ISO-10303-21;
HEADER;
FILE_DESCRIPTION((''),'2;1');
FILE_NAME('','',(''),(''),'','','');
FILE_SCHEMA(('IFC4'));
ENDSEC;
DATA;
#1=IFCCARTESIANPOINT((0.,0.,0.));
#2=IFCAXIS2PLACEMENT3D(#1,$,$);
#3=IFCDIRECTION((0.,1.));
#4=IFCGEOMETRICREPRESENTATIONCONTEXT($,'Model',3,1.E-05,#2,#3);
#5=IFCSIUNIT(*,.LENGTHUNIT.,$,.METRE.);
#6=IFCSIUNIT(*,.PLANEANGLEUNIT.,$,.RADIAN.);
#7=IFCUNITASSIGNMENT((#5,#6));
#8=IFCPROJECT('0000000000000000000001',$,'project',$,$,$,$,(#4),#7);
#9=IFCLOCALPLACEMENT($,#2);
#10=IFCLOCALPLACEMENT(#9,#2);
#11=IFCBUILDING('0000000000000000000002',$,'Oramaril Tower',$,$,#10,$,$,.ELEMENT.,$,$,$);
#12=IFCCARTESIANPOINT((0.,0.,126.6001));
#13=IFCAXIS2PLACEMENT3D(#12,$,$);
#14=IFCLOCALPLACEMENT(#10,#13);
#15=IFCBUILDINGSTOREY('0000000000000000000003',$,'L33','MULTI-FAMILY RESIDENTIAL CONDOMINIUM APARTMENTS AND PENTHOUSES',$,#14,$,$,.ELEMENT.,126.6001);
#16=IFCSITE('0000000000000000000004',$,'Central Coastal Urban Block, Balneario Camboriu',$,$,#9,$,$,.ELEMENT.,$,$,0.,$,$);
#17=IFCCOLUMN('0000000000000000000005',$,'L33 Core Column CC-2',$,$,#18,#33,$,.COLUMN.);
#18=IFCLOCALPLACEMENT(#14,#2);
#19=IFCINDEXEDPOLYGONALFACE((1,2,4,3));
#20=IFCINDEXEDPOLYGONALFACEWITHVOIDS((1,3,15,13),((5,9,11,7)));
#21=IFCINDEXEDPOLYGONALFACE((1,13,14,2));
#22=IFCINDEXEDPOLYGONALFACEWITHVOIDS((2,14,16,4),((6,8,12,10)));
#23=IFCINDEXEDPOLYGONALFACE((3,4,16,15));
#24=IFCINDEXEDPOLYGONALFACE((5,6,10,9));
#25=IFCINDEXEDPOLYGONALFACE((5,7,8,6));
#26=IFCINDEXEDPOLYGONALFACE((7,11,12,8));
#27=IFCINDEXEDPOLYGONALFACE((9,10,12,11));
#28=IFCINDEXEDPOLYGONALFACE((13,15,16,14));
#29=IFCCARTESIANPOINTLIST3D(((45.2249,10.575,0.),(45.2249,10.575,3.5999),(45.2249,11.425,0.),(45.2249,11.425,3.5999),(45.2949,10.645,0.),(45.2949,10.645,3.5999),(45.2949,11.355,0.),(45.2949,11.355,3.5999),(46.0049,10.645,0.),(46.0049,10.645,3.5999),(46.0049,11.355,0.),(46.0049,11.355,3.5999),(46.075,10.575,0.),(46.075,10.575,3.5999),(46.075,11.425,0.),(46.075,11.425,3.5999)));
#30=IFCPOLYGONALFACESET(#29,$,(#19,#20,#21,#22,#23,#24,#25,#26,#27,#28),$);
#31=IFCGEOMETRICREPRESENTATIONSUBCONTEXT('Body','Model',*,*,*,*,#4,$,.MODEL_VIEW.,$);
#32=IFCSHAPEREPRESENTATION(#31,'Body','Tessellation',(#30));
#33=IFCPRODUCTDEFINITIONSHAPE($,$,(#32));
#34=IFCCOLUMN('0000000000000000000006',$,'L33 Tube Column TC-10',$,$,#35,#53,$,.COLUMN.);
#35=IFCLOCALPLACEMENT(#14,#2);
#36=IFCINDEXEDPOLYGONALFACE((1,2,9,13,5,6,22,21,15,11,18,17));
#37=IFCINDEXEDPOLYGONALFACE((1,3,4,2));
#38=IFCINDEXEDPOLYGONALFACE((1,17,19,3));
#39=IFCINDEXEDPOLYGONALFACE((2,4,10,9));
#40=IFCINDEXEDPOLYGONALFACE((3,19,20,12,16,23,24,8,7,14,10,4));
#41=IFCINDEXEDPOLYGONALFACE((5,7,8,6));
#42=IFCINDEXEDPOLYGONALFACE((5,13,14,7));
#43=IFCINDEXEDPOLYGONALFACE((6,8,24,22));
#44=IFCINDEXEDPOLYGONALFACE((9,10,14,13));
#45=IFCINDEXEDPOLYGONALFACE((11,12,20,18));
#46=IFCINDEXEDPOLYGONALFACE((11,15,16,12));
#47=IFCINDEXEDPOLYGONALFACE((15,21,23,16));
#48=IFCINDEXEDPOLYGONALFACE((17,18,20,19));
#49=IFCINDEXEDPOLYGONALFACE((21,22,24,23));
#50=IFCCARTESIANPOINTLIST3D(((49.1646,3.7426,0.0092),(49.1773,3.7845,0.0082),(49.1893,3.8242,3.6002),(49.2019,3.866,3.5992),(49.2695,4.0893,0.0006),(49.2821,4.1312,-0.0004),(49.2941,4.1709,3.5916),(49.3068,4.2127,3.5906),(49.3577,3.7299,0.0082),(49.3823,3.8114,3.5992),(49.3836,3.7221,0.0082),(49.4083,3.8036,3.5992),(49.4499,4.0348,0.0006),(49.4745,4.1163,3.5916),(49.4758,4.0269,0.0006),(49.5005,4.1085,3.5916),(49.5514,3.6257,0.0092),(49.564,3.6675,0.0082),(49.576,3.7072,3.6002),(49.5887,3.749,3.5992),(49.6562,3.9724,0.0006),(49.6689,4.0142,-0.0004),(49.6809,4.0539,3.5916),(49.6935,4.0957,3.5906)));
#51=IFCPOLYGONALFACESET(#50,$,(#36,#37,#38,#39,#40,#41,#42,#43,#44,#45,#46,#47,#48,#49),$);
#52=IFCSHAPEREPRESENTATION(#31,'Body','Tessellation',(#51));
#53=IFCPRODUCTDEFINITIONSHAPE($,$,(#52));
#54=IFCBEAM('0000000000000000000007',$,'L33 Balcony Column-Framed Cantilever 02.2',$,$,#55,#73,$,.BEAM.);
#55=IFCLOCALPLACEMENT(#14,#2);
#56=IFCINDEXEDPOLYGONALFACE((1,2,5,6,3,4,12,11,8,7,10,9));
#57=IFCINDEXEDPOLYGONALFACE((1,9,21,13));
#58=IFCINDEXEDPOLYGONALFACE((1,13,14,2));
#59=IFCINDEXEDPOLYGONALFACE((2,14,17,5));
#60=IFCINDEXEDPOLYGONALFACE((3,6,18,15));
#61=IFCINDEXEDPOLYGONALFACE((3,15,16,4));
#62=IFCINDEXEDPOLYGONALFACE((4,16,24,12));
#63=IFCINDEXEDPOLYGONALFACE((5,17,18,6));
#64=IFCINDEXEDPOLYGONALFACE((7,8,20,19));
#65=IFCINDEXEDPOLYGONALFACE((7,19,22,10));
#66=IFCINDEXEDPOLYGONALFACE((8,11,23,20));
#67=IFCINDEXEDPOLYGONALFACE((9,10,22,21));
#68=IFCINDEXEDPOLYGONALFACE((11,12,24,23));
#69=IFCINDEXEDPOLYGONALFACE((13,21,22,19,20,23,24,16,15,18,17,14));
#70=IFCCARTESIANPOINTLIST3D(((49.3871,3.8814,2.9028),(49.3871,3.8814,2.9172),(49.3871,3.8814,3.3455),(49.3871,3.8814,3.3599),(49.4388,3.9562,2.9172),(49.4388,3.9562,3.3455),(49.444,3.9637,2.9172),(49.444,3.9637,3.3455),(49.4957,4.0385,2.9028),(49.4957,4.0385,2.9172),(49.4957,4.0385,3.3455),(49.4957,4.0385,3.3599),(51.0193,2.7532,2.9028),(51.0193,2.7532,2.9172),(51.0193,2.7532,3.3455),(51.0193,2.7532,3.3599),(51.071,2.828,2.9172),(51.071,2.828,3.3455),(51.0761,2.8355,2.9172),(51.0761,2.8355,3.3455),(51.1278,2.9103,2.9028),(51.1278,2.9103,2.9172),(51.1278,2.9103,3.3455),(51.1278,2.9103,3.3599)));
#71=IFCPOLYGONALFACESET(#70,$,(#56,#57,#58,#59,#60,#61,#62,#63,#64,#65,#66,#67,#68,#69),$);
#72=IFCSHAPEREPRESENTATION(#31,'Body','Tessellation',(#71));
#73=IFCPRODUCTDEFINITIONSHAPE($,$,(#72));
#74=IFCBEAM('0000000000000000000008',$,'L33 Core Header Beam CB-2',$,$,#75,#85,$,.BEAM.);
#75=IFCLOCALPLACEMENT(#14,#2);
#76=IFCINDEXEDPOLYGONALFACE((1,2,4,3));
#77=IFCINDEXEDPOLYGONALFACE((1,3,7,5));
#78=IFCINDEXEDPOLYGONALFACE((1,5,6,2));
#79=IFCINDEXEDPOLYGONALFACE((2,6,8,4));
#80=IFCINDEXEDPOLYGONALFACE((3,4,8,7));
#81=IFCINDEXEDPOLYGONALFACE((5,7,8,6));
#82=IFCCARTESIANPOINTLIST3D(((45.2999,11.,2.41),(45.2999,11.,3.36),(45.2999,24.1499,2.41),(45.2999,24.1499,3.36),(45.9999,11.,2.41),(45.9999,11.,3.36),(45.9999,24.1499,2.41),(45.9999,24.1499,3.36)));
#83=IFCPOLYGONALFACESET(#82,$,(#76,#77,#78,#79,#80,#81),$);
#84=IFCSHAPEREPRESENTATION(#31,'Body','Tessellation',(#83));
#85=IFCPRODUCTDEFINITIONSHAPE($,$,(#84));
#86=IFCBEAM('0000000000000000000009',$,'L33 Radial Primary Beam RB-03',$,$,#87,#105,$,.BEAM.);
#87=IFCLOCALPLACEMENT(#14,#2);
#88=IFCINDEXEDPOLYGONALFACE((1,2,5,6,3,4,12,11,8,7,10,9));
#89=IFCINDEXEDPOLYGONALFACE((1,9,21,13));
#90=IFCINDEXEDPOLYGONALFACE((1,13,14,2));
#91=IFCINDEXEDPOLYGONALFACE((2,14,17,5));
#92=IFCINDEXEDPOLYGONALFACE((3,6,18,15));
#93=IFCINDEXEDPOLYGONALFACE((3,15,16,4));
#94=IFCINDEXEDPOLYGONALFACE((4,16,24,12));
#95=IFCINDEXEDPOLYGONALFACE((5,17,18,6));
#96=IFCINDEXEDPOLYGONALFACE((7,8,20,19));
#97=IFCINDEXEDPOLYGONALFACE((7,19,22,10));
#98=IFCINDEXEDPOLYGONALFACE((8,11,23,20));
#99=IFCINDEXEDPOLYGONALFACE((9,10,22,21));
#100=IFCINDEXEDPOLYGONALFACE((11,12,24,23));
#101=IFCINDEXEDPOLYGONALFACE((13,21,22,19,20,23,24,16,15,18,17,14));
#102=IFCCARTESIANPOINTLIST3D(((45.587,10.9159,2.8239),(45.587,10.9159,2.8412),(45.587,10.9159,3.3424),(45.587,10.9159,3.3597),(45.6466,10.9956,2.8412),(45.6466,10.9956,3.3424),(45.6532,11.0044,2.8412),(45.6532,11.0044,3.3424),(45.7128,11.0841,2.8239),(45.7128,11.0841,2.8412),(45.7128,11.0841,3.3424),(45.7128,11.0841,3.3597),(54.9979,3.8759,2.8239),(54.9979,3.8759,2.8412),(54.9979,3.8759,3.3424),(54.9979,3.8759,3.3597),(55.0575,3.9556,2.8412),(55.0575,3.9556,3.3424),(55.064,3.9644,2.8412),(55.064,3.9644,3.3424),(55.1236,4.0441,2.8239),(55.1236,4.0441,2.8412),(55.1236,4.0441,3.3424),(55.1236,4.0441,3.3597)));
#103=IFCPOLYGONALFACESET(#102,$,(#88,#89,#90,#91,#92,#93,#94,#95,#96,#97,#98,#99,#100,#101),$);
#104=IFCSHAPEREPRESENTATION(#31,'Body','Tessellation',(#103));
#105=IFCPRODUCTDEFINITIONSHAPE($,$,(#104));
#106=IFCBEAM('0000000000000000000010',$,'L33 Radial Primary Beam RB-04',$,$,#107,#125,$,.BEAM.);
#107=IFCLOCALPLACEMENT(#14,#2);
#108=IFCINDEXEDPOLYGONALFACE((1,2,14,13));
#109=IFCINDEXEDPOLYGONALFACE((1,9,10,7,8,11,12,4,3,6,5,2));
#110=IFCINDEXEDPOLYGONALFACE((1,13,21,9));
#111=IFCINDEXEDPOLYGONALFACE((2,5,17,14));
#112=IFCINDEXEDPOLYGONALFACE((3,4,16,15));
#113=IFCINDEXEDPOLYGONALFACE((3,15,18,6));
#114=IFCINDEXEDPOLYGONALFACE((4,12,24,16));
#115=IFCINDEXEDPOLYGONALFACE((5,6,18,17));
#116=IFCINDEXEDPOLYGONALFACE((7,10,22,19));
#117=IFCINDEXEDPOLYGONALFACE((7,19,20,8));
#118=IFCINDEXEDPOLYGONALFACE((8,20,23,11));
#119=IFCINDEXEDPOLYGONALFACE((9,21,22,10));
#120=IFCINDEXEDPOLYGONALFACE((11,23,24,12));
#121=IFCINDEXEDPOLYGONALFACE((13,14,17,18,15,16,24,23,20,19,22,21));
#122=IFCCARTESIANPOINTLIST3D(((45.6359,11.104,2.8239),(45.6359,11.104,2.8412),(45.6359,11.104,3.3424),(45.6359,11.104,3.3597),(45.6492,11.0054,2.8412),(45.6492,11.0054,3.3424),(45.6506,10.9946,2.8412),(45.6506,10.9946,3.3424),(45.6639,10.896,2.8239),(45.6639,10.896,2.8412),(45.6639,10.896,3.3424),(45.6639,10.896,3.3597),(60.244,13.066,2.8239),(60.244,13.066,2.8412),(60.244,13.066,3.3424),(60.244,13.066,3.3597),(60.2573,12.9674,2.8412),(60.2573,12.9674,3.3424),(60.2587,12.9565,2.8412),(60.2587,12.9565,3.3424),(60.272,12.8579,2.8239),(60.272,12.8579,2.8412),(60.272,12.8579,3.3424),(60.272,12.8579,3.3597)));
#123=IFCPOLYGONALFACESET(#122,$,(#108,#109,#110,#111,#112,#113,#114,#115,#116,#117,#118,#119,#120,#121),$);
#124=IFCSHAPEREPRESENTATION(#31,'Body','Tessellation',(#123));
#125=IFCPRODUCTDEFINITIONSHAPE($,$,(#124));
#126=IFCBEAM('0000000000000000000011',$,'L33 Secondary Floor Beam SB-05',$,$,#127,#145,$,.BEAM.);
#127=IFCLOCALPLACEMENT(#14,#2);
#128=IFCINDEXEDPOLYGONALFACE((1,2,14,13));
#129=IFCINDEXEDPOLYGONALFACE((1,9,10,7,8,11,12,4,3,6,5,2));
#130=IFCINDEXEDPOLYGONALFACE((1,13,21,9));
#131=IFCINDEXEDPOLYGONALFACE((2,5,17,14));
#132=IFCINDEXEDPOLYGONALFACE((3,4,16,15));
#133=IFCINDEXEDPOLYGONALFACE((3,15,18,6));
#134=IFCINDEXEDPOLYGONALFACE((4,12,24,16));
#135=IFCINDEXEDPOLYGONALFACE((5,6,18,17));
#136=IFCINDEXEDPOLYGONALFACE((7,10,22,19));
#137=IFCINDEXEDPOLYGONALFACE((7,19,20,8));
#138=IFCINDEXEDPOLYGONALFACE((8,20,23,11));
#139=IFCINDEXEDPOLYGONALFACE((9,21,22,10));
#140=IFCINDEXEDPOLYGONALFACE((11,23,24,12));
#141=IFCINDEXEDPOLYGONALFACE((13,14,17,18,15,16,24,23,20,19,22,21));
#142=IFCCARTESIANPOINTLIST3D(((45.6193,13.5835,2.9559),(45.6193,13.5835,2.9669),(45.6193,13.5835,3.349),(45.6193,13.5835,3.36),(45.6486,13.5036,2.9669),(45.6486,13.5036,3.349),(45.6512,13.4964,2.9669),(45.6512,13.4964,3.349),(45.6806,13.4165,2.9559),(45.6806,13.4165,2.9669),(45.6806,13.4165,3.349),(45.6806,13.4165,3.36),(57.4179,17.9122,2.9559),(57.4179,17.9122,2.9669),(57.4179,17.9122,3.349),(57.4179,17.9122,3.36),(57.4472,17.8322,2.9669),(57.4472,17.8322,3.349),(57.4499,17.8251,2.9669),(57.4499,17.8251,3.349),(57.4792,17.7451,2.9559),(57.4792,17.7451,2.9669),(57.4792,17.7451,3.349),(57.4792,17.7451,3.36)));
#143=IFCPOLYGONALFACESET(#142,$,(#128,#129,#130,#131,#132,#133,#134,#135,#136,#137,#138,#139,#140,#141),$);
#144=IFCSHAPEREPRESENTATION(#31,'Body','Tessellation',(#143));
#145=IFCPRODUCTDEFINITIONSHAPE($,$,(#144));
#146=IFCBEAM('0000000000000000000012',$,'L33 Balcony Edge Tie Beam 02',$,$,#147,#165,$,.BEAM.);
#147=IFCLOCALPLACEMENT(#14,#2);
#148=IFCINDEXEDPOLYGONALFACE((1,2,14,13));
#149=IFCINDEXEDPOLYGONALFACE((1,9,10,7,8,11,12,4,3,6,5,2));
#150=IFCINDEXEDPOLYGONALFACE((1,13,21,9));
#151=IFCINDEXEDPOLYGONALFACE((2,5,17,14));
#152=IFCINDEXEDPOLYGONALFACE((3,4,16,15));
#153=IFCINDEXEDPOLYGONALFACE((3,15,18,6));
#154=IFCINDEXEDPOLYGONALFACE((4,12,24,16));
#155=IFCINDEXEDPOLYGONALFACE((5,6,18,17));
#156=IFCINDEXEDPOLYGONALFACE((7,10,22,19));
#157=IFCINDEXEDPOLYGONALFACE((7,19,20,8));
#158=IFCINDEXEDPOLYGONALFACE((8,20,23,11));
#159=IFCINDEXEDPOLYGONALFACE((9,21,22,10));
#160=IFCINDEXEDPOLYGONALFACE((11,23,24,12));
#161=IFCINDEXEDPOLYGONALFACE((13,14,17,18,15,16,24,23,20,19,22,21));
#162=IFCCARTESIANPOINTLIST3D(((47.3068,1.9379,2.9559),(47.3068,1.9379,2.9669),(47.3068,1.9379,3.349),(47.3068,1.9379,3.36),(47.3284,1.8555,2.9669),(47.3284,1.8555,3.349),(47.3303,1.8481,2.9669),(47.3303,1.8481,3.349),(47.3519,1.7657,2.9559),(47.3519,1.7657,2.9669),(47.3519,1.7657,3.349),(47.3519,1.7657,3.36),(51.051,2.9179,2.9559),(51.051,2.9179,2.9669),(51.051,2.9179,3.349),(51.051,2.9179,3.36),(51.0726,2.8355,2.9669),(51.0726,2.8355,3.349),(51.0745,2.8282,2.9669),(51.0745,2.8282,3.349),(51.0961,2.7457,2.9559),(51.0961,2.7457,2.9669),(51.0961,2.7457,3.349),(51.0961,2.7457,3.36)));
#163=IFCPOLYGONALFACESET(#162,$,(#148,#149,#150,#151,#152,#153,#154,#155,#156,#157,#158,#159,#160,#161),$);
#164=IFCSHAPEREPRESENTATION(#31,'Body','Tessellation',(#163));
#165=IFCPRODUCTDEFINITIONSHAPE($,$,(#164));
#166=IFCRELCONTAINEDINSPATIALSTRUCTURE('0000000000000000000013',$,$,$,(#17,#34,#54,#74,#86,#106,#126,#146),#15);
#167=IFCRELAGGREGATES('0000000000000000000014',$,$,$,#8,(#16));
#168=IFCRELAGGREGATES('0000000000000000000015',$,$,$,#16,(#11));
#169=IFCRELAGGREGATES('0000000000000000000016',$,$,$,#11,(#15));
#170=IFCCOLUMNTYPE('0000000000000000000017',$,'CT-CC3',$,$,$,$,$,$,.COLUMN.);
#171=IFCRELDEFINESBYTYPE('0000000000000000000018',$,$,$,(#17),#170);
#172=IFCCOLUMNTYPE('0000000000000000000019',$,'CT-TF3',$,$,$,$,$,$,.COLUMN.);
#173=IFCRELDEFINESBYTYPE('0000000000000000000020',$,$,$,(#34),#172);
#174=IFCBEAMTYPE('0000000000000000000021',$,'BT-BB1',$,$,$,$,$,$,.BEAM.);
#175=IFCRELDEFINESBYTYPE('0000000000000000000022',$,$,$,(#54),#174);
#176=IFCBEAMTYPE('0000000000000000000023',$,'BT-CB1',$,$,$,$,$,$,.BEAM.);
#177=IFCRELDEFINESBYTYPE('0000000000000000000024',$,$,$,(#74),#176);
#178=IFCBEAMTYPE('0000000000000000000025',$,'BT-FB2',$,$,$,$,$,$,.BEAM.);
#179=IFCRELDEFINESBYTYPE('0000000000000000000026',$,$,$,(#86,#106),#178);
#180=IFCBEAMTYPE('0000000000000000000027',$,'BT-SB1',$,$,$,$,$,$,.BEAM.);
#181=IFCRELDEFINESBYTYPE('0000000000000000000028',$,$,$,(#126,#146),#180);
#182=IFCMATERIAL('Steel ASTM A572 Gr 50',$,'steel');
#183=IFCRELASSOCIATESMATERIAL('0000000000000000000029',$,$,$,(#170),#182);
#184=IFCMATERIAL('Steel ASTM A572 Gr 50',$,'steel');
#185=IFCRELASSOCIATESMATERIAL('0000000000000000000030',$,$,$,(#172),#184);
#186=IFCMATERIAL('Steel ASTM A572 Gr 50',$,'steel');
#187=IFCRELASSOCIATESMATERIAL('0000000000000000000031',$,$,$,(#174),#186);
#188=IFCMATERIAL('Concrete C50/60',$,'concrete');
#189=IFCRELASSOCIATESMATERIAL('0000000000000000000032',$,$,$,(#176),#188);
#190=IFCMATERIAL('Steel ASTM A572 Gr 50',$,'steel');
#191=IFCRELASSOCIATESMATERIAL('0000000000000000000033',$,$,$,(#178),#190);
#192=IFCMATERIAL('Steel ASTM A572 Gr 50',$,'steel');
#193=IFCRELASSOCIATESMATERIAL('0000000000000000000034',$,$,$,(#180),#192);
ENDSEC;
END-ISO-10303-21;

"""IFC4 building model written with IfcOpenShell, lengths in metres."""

from ifc_helpers import new_model, si_unit, direction, frame, origin, origin_2d, place, context, subcontext, project, spatial, rectangle, hollow_rectangle, i_section, extrude, material, material_profile, profile_set, type_object, element, save


model = new_model("IFC4")

# Units and contexts
model_context = context("Model", 3, precision=1e-05, world=origin(), true_north=direction((0.0, 1.0)))
body_context = subcontext(model_context, "Body", "Model", "MODEL_VIEW")
ifc_project = project(units=[si_unit("LENGTHUNIT", "METRE"), si_unit("PLANEANGLEUNIT", "RADIAN")], contexts=[model_context])

# Site, building, storey
site_placement = place(None, origin())
site = spatial("IfcSite", under=ifc_project, at=site_placement, Name="Central Coastal Urban Block, Balneario Camboriu", CompositionType="ELEMENT", RefElevation=0.0)
building_placement = place(site_placement, origin())
building = spatial("IfcBuilding", under=site, at=building_placement, Name="Oramaril Tower", CompositionType="ELEMENT")
storey_placement = place(building_placement, frame((0.0, 0.0, 126.6001)))
storey = spatial("IfcBuildingStorey", under=building, at=storey_placement, Name="L33", Description="MULTI-FAMILY RESIDENTIAL CONDOMINIUM APARTMENTS AND PENTHOUSES", CompositionType="ELEMENT", Elevation=126.6001)

# Columns
ifc_material_1 = material(Name="Steel ASTM A572 Gr 50", Category="steel")
ifc_material_profile_1 = material_profile(ifc_material_1, hollow_rectangle(XDim=0.8501, YDim=0.8501, WallThickness=0.0701, at=origin_2d()), Name="BOX850X850X70")
ifc_profile_set_1 = profile_set([ifc_material_profile_1], Name="Steel ASTM A572 Gr 50")
column_type_1 = type_object("IfcColumnType", Name="CT-CC3", PredefinedType="COLUMN", material=ifc_profile_set_1)
column_1_placement = place(storey_placement, frame((45.6499, 11.0, 0.0), z_axis=(0.0, 0.0, 1.0), x_axis=(1.0, 0.0, 0.0)))
element("IfcColumn", 1, at=column_1_placement, inside=storey, type_object=column_type_1, Name="L33 Core Column CC-2", PredefinedType="COLUMN", context=body_context, shape_type="SweptSolid", body=[
    extrude(hollow_rectangle(XDim=0.8501, YDim=0.8501, WallThickness=0.0701, at=origin_2d()), origin(), (0.0, 0.0, 1.0), 3.5999),
])
ifc_material_2 = material(Name="Steel ASTM A572 Gr 50", Category="steel")
ifc_material_profile_2 = material_profile(ifc_material_2, i_section(OverallWidth=0.4041, OverallDepth=0.406, WebThickness=0.0271, FlangeThickness=0.0437, at=origin_2d()), Name="W14X233")
ifc_profile_set_2 = profile_set([ifc_material_profile_2], Name="Steel ASTM A572 Gr 50")
column_type_2 = type_object("IfcColumnType", Name="CT-TF3", PredefinedType="COLUMN", material=ifc_profile_set_2)
column_2_placement = place(storey_placement, frame((49.4167, 3.8784, 0.0044), z_axis=(0.006865, 0.022701, 0.999719), x_axis=(-0.957193, 0.289451, 0.0)))
element("IfcColumn", 2, at=column_2_placement, inside=storey, type_object=column_type_2, Name="L33 Tube Column TC-10", PredefinedType="COLUMN", context=body_context, shape_type="SweptSolid", body=[
    extrude(i_section(OverallWidth=0.4041, OverallDepth=0.406, WebThickness=0.0271, FlangeThickness=0.0437, at=origin_2d()), origin(), (0.0, 0.0, 1.0), 3.592),
])

# Beams
ifc_material_3 = material(Name="Steel ASTM A572 Gr 50", Category="steel")
ifc_material_profile_3 = material_profile(ifc_material_3, i_section(OverallWidth=0.1909, OverallDepth=0.457, WebThickness=0.009, FlangeThickness=0.0144, at=origin_2d()), Name="W18X50")
ifc_profile_set_3 = profile_set([ifc_material_profile_3], Name="Steel ASTM A572 Gr 50")
beam_type_1 = type_object("IfcBeamType", Name="BT-BB1", PredefinedType="BEAM", material=ifc_profile_set_3)
beam_1_placement = place(storey_placement, frame((49.4414, 3.96, 3.1313), z_axis=(0.8226, -0.568621, 0.0), x_axis=(0.568621, 0.8226, 0.0)))
element("IfcBeam", 3, at=beam_1_placement, inside=storey, type_object=beam_type_1, Name="L33 Balcony Column-Framed Cantilever 02.2", PredefinedType="BEAM", context=body_context, shape_type="SweptSolid", body=[
    extrude(i_section(OverallWidth=0.1909, OverallDepth=0.457, WebThickness=0.009, FlangeThickness=0.0144, at=origin_2d()), origin(), (0.0, 0.0, 1.0), 1.9841),
])
ifc_material_4 = material(Name="Concrete C50/60", Category="concrete")
ifc_material_profile_4 = material_profile(ifc_material_4, rectangle(XDim=0.7, YDim=0.95, at=origin_2d()), Name="CB700X950")
ifc_profile_set_4 = profile_set([ifc_material_profile_4], Name="Concrete C50/60")
beam_type_2 = type_object("IfcBeamType", Name="BT-CB1", PredefinedType="BEAM", material=ifc_profile_set_4)
beam_2_placement = place(storey_placement, frame((45.6499, 11.0, 2.885), z_axis=(0.0, 1.0, 0.0), x_axis=(-1.0, 0.0, 0.0)))
element("IfcBeam", 4, at=beam_2_placement, inside=storey, type_object=beam_type_2, Name="L33 Core Header Beam CB-2", PredefinedType="BEAM", context=body_context, shape_type="SweptSolid", body=[
    extrude(rectangle(XDim=0.7, YDim=0.95, at=origin_2d()), origin(), (0.0, 0.0, 1.0), 13.1499),
])
ifc_material_5 = material(Name="Steel ASTM A572 Gr 50", Category="steel")
ifc_material_profile_5 = material_profile(ifc_material_5, i_section(OverallWidth=0.21, OverallDepth=0.5359, WebThickness=0.011, FlangeThickness=0.0173, at=origin_2d()), Name="W21X68")
ifc_profile_set_5 = profile_set([ifc_material_profile_5], Name="Steel ASTM A572 Gr 50")
beam_type_3 = type_object("IfcBeamType", Name="BT-FB2", PredefinedType="BEAM", material=ifc_profile_set_5)
beam_3_placement = place(storey_placement, frame((45.6499, 11.0, 3.0918), z_axis=(0.80074, -0.599012, 0.0), x_axis=(0.599012, 0.80074, 0.0)))
element("IfcBeam", 5, at=beam_3_placement, inside=storey, type_object=beam_type_3, Name="L33 Radial Primary Beam RB-03", PredefinedType="BEAM", context=body_context, shape_type="SweptSolid", body=[
    extrude(i_section(OverallWidth=0.21, OverallDepth=0.5359, WebThickness=0.011, FlangeThickness=0.0173, at=origin_2d()), origin(), (0.0, 0.0, 1.0), 11.7527),
])
beam_4_placement = place(storey_placement, frame((45.6499, 11.0, 3.0918), z_axis=(0.991102, 0.133108, 0.0), x_axis=(-0.133108, 0.991102, 0.0)))
element("IfcBeam", 6, at=beam_4_placement, inside=storey, type_object=beam_type_3, Name="L33 Radial Primary Beam RB-04", PredefinedType="BEAM", context=body_context, shape_type="SweptSolid", body=[
    extrude(i_section(OverallWidth=0.21, OverallDepth=0.5359, WebThickness=0.011, FlangeThickness=0.0173, at=origin_2d()), origin(), (0.0, 0.0, 1.0), 14.7393),
])
ifc_material_6 = material(Name="Steel ASTM A572 Gr 50", Category="steel")
ifc_material_profile_6 = material_profile(ifc_material_6, i_section(OverallWidth=0.178, OverallDepth=0.4041, WebThickness=0.0076, FlangeThickness=0.011, at=origin_2d()), Name="W16X36")
ifc_profile_set_6 = profile_set([ifc_material_profile_6], Name="Steel ASTM A572 Gr 50")
beam_type_4 = type_object("IfcBeamType", Name="BT-SB1", PredefinedType="BEAM", material=ifc_profile_set_6)
beam_5_placement = place(storey_placement, frame((45.6499, 13.5, 3.158), z_axis=(0.938813, 0.344428, 0.0), x_axis=(-0.344428, 0.938813, 0.0)))
element("IfcBeam", 7, at=beam_5_placement, inside=storey, type_object=beam_type_4, Name="L33 Secondary Floor Beam SB-05", PredefinedType="BEAM", context=body_context, shape_type="SweptSolid", body=[
    extrude(i_section(OverallWidth=0.178, OverallDepth=0.4041, WebThickness=0.0076, FlangeThickness=0.011, at=origin_2d()), origin(), (0.0, 0.0, 1.0), 12.5676),
])
beam_6_placement = place(storey_placement, frame((47.3293, 1.8518, 3.158), z_axis=(0.967412, 0.253208, 0.0), x_axis=(-0.253208, 0.967412, 0.0)))
element("IfcBeam", 8, at=beam_6_placement, inside=storey, type_object=beam_type_4, Name="L33 Balcony Edge Tie Beam 02", PredefinedType="BEAM", context=body_context, shape_type="SweptSolid", body=[
    extrude(i_section(OverallWidth=0.178, OverallDepth=0.4041, WebThickness=0.0076, FlangeThickness=0.011, at=origin_2d()), origin(), (0.0, 0.0, 1.0), 3.8704),
])

save(model, "model.ifc")
